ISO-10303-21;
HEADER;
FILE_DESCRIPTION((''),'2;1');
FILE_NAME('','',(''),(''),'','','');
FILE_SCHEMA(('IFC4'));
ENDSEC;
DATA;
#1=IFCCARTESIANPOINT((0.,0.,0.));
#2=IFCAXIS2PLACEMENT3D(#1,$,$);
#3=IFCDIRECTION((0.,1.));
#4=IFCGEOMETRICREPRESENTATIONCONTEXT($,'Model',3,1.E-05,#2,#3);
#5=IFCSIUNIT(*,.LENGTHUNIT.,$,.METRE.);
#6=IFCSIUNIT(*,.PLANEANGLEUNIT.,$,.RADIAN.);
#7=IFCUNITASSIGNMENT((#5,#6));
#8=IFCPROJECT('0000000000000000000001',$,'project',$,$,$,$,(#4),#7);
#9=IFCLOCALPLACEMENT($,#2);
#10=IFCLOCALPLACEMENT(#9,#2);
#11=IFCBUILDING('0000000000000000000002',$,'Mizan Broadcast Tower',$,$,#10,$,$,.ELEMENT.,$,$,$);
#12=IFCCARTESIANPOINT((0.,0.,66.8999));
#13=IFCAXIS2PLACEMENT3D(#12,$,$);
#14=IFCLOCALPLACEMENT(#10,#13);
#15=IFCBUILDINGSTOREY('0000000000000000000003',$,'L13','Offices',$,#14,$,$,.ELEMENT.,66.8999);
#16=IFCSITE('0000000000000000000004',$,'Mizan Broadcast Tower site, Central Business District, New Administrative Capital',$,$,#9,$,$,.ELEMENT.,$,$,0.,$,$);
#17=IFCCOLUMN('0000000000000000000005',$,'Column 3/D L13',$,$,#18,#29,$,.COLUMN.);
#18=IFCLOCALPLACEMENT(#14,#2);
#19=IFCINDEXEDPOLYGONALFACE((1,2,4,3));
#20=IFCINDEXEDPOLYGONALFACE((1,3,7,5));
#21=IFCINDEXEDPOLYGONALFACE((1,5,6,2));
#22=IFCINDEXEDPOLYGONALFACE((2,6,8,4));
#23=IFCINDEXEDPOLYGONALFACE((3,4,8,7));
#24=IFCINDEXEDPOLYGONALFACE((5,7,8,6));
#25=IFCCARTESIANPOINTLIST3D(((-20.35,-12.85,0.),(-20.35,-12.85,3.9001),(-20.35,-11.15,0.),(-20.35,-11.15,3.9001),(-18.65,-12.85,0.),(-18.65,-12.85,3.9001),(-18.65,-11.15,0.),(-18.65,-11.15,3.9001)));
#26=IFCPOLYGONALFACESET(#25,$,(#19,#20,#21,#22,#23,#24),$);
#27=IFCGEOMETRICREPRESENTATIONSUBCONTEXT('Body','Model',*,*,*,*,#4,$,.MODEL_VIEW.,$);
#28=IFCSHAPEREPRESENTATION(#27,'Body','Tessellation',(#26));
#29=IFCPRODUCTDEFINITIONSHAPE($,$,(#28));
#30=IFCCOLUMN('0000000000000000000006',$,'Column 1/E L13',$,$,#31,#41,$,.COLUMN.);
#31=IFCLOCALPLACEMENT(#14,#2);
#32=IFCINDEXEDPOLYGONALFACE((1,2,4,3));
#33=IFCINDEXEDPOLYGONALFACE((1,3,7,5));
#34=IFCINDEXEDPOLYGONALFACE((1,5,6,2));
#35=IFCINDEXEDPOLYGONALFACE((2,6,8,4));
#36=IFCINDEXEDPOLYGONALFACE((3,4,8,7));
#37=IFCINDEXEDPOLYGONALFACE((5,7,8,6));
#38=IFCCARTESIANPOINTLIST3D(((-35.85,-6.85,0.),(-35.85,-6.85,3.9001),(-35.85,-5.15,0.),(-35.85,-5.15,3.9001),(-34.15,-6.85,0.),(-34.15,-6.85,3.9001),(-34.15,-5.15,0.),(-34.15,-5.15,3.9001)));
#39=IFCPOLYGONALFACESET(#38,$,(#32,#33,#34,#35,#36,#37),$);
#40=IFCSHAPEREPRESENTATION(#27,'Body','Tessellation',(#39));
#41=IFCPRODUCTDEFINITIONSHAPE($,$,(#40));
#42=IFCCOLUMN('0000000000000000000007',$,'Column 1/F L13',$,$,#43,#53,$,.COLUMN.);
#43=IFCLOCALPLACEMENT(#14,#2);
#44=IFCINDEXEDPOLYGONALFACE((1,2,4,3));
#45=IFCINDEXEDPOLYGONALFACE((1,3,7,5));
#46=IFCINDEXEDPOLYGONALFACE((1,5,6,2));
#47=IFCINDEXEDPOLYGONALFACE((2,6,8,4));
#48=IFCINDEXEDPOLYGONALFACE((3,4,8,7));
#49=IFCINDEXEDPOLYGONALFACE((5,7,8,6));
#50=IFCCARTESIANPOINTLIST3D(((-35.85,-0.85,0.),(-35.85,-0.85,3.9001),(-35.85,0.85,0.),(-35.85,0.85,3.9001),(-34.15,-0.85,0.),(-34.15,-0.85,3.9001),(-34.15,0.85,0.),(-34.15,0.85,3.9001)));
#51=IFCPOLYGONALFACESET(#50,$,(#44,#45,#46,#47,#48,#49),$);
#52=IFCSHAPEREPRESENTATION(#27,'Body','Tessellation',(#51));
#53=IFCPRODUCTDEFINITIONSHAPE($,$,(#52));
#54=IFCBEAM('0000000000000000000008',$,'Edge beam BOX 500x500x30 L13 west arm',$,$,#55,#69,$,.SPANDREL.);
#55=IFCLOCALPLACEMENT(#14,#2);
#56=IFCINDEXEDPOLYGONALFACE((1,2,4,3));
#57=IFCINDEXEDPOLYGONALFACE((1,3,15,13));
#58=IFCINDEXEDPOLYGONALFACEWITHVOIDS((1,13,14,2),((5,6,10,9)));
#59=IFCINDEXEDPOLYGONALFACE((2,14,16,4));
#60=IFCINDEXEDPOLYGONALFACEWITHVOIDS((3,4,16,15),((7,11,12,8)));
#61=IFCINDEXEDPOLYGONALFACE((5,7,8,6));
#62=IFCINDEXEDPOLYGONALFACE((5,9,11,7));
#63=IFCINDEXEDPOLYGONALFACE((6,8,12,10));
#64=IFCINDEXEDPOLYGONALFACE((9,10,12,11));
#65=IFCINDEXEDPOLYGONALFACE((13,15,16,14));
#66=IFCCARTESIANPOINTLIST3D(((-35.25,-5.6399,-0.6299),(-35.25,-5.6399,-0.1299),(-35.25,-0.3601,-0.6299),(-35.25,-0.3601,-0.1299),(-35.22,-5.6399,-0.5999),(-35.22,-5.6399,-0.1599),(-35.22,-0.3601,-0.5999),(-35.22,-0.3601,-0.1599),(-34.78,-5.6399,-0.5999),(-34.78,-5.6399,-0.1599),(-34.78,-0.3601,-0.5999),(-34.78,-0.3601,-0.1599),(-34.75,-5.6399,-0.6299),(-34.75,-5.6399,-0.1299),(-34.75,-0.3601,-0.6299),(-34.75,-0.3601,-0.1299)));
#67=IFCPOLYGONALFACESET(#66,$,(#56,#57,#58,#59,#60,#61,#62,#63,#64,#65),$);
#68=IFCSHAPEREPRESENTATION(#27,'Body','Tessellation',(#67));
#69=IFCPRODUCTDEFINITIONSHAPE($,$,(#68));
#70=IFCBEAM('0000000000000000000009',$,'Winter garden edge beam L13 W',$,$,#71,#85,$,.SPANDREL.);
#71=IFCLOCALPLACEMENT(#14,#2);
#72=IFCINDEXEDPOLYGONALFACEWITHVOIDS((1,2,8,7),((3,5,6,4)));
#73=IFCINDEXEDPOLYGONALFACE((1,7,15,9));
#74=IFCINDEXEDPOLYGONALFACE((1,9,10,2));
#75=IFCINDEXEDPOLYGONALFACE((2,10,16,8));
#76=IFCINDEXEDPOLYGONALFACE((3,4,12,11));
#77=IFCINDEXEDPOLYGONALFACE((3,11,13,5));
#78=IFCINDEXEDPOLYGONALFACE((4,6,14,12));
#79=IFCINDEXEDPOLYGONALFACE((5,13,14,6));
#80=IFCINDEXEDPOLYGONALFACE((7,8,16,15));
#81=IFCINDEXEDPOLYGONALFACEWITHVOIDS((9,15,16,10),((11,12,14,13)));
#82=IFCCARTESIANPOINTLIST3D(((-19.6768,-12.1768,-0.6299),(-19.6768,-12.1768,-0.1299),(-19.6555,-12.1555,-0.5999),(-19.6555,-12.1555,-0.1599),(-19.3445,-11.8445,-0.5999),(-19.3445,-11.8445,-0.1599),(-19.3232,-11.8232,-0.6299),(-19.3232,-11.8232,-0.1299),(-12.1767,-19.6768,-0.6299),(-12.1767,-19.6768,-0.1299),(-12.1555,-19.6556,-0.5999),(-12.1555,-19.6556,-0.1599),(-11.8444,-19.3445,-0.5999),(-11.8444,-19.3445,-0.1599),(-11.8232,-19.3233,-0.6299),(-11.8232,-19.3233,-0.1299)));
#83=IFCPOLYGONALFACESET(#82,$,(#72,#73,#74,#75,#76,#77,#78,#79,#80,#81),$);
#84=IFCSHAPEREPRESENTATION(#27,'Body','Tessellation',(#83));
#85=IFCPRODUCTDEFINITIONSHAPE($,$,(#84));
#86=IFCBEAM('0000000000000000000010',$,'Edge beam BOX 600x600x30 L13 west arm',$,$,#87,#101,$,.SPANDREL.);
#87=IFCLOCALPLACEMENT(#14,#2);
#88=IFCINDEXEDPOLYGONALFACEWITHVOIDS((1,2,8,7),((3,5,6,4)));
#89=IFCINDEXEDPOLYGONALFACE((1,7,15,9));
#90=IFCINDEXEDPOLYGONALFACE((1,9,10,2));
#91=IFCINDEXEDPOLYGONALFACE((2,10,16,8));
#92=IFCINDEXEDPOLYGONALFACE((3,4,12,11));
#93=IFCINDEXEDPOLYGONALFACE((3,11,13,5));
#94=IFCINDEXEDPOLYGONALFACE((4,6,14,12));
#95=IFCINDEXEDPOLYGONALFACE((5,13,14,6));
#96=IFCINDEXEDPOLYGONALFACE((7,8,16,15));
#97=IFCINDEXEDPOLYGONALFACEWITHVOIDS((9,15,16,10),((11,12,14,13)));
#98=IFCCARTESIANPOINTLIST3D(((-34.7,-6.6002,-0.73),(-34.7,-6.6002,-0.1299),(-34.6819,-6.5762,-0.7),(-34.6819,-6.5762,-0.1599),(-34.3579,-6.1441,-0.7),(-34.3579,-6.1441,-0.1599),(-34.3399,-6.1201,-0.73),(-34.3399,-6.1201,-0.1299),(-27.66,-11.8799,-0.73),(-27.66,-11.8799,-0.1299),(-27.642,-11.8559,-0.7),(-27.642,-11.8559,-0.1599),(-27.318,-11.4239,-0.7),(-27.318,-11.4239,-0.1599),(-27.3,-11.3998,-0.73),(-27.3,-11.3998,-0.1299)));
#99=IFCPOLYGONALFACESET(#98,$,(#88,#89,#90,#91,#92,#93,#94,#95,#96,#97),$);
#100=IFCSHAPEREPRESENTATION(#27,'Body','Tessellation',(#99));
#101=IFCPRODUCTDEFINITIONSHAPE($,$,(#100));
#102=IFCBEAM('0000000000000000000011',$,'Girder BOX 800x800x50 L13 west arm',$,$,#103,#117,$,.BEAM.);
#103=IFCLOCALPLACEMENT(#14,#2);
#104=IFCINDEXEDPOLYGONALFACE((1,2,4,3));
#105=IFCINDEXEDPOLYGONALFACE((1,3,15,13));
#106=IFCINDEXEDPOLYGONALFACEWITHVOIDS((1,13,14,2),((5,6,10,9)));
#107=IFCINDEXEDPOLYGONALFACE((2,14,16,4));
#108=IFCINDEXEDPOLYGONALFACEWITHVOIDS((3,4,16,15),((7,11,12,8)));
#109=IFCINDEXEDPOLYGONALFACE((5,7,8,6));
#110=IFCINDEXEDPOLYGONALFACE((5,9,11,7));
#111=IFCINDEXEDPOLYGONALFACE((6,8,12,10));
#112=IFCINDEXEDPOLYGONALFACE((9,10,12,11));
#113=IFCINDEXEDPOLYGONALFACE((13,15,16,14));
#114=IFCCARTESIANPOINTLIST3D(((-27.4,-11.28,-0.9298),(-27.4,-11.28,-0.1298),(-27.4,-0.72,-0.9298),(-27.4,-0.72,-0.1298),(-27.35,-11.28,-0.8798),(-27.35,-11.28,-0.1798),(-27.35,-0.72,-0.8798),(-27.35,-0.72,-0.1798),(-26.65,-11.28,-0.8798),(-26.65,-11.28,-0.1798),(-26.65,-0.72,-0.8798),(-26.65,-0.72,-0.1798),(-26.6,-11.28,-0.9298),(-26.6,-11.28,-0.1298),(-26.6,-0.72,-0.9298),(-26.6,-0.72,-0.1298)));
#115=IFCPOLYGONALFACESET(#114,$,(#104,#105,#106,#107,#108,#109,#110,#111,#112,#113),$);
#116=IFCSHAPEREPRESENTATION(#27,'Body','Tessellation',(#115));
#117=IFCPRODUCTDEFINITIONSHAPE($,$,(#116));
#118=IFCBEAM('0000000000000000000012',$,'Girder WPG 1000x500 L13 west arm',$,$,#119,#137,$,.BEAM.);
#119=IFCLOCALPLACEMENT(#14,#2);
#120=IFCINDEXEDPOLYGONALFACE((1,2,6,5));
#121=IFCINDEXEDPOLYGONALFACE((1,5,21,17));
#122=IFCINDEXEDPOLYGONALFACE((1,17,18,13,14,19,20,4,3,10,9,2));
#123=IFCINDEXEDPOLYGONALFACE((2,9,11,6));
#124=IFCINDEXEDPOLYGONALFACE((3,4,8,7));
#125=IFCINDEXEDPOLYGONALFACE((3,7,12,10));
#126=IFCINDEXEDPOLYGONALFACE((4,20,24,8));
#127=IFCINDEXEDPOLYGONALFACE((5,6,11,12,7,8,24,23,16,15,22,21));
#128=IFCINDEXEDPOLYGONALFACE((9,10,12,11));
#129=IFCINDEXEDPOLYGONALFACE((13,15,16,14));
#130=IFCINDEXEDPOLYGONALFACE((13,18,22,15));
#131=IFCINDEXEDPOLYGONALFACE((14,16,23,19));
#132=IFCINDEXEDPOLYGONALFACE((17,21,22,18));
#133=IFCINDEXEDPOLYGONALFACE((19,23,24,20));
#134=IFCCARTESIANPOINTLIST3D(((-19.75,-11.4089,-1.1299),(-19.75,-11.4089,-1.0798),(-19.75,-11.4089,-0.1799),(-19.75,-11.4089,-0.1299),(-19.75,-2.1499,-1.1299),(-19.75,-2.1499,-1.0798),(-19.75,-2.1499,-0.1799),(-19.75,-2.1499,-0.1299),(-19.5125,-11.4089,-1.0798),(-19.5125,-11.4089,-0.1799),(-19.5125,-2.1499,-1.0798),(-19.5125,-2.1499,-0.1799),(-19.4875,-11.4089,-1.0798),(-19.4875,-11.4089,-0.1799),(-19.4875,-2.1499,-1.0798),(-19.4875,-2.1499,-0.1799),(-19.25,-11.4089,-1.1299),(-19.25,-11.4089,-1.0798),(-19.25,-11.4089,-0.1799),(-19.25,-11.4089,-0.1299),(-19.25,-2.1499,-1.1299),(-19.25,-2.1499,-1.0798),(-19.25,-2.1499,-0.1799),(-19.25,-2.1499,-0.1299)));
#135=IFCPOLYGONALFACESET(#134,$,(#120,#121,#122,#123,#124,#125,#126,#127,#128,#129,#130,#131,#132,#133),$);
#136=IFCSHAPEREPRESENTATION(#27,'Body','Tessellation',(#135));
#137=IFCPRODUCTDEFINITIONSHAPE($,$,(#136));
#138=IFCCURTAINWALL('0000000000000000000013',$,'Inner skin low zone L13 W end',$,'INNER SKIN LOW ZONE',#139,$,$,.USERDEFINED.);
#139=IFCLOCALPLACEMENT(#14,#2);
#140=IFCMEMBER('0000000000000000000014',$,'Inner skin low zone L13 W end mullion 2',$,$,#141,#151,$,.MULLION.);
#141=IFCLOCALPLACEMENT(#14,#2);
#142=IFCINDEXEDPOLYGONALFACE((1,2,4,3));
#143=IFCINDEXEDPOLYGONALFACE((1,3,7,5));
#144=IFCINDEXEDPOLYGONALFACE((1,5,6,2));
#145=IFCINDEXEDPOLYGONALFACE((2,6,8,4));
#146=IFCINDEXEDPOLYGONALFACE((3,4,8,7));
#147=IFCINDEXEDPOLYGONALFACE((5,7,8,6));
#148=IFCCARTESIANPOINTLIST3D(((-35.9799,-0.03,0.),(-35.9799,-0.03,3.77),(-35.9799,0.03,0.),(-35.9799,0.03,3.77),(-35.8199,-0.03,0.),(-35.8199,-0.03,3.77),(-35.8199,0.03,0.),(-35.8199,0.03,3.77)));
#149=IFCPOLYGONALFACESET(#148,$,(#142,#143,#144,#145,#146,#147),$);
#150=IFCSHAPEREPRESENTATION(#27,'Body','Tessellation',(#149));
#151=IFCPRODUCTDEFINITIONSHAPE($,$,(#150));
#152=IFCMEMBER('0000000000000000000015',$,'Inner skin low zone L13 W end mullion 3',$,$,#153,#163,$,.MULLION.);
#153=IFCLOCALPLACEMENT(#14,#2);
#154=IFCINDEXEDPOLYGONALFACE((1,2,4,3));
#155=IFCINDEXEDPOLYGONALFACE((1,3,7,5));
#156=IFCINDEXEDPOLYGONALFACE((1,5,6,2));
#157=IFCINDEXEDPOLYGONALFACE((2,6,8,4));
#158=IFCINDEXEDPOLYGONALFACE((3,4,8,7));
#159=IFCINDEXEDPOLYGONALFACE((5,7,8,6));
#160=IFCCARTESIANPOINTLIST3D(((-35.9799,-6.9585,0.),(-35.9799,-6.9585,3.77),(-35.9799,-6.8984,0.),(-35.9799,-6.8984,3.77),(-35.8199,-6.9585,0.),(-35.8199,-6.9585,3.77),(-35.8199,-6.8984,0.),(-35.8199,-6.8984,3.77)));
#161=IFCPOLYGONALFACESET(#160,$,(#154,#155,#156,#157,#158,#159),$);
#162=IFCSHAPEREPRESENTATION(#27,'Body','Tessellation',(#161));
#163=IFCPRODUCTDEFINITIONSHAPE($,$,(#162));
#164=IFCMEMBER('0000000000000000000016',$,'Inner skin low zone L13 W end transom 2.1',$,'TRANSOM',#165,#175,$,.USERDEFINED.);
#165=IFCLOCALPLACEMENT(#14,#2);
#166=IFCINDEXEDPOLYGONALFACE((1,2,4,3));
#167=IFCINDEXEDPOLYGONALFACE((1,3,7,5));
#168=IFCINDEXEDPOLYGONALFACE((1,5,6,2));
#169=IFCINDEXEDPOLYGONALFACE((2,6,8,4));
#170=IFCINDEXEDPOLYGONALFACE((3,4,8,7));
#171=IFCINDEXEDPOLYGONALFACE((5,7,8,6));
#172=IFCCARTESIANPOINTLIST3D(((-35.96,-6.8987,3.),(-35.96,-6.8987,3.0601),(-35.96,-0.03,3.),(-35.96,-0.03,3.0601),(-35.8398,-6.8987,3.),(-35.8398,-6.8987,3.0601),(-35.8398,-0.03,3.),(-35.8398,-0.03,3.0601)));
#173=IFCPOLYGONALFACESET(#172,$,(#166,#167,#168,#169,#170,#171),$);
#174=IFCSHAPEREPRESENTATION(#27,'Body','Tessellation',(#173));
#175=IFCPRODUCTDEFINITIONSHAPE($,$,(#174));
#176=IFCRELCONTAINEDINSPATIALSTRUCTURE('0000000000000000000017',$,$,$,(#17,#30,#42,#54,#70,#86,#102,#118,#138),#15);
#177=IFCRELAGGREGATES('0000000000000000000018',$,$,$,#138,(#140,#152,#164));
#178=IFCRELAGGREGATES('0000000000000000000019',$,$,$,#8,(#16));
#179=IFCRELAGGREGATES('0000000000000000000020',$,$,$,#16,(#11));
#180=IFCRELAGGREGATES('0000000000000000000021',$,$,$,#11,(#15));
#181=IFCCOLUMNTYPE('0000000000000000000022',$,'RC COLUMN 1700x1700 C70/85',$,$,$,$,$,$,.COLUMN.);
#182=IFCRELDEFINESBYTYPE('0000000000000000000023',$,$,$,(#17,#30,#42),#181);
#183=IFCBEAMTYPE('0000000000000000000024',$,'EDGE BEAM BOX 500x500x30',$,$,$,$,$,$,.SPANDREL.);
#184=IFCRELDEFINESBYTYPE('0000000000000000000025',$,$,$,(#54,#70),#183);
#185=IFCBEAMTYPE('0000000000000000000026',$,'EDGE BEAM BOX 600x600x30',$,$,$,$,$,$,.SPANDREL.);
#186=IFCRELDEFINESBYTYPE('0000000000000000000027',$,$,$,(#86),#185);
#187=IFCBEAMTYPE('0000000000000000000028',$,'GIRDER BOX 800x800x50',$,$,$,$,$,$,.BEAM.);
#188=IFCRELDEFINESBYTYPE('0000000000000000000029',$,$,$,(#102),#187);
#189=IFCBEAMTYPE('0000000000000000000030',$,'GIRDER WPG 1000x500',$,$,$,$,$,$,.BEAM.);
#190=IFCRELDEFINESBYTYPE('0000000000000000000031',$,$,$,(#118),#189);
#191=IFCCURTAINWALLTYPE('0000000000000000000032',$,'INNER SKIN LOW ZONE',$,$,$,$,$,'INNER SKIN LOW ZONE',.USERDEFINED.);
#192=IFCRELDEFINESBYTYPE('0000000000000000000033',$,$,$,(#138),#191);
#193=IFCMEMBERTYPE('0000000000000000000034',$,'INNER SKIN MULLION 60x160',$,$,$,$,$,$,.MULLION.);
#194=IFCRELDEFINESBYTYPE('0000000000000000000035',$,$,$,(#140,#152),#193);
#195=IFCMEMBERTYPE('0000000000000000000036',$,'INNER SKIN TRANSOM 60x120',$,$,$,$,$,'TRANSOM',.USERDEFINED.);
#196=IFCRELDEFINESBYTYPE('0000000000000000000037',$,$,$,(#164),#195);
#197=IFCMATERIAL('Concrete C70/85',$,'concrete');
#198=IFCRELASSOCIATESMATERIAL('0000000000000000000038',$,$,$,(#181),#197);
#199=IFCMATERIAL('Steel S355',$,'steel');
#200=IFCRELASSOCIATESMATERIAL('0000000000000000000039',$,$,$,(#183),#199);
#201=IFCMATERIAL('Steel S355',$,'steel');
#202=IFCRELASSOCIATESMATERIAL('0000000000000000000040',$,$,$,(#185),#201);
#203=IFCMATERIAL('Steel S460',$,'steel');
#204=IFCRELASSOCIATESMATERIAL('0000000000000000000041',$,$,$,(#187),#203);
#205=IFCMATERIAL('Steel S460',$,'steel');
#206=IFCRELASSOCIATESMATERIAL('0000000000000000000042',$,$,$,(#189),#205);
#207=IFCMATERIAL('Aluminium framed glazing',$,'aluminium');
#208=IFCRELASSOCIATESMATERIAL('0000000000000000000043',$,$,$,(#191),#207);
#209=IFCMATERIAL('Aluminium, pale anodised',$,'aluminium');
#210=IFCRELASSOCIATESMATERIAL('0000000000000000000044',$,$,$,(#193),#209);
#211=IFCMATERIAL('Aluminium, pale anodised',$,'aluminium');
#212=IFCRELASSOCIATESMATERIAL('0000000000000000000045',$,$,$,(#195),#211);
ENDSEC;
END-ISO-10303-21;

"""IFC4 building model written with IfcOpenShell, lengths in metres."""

from ifc_helpers import new_model, si_unit, direction, frame, origin, origin_2d, place, context, subcontext, project, spatial, rectangle, hollow_rectangle, i_section, extrude, material, material_profile, profile_set, type_object, element, aggregate, save


model = new_model("IFC4")

# Units and contexts
model_context = context("Model", 3, precision=1e-05, world=origin(), true_north=direction((0.0, 1.0)))
body_context = subcontext(model_context, "Body", "Model", "MODEL_VIEW")
ifc_project = project(units=[si_unit("LENGTHUNIT", "METRE"), si_unit("PLANEANGLEUNIT", "RADIAN")], contexts=[model_context])

# Site, building, storey
site_placement = place(None, origin())
site = spatial("IfcSite", under=ifc_project, at=site_placement, Name="Mizan Broadcast Tower site, Central Business District, New Administrative Capital", CompositionType="ELEMENT", RefElevation=0.0)
building_placement = place(site_placement, origin())
building = spatial("IfcBuilding", under=site, at=building_placement, Name="Mizan Broadcast Tower", CompositionType="ELEMENT")
storey_placement = place(building_placement, frame((0.0, 0.0, 66.8999)))
storey = spatial("IfcBuildingStorey", under=building, at=storey_placement, Name="L13", Description="Offices", CompositionType="ELEMENT", Elevation=66.8999)

# Columns
ifc_material_1 = material(Name="Concrete C70/85", Category="concrete")
ifc_material_profile_1 = material_profile(ifc_material_1, rectangle(XDim=1.7, YDim=1.7, at=origin_2d()), Name="RC 1700x1700")
ifc_profile_set_1 = profile_set([ifc_material_profile_1], Name="Concrete C70/85")
column_type = type_object("IfcColumnType", Name="RC COLUMN 1700x1700 C70/85", PredefinedType="COLUMN", material=ifc_profile_set_1)
for number, where, z_axis, x_axis, name in (
    (1, (-19.5, -12.0, 0.0), (0.0, 0.0, 1.0), (1.0, 0.0, 0.0), "Column 3/D L13"),
    (2, (-35.0, -6.0, 0.0), (0.0, 0.0, 1.0), (1.0, 0.0, 0.0), "Column 1/E L13"),
    (3, (-35.0, 0.0, 0.0), (0.0, 0.0, 1.0), (1.0, 0.0, 0.0), "Column 1/F L13"),
):
    element("IfcColumn", number, at=place(storey_placement, frame(where, z_axis=z_axis, x_axis=x_axis)), inside=storey, type_object=column_type, Name=name, PredefinedType="COLUMN", context=body_context, shape_type="SweptSolid", body=[
        extrude(rectangle(XDim=1.7, YDim=1.7, at=origin_2d()), origin(), (0.0, 0.0, 1.0), 3.9001),
    ])

# Beams
ifc_material_2 = material(Name="Steel S355", Category="steel")
ifc_material_profile_2 = material_profile(ifc_material_2, hollow_rectangle(XDim=0.5, YDim=0.5, WallThickness=0.03, at=origin_2d()), Name="BOX 500x500x30")
ifc_profile_set_2 = profile_set([ifc_material_profile_2], Name="Steel S355")
beam_type_1 = type_object("IfcBeamType", Name="EDGE BEAM BOX 500x500x30", PredefinedType="SPANDREL", material=ifc_profile_set_2)
beam_1_placement = place(storey_placement, frame((-35.0, -5.6399, -0.3799), z_axis=(0.0, 1.0, 0.0), x_axis=(-1.0, 0.0, 0.0)))
element("IfcBeam", 4, at=beam_1_placement, inside=storey, type_object=beam_type_1, Name="Edge beam BOX 500x500x30 L13 west arm", PredefinedType="SPANDREL", context=body_context, shape_type="SweptSolid", body=[
    extrude(hollow_rectangle(XDim=0.5, YDim=0.5, WallThickness=0.03, at=origin_2d()), origin(), (0.0, 0.0, 1.0), 5.2798),
])
beam_2_placement = place(storey_placement, frame((-19.5, -12.0, -0.3799), z_axis=(0.707107, -0.707107, 0.0), x_axis=(0.707107, 0.707107, 0.0)))
element("IfcBeam", 5, at=beam_2_placement, inside=storey, type_object=beam_type_1, Name="Winter garden edge beam L13 W", PredefinedType="SPANDREL", context=body_context, shape_type="SweptSolid", body=[
    extrude(hollow_rectangle(XDim=0.5, YDim=0.5, WallThickness=0.03, at=origin_2d()), origin(), (0.0, 0.0, 1.0), 10.6067),
])
ifc_material_3 = material(Name="Steel S355", Category="steel")
ifc_material_profile_3 = material_profile(ifc_material_3, hollow_rectangle(XDim=0.6001, YDim=0.6001, WallThickness=0.03, at=origin_2d()), Name="BOX 600x600x30")
ifc_profile_set_3 = profile_set([ifc_material_profile_3], Name="Steel S355")
beam_type_2 = type_object("IfcBeamType", Name="EDGE BEAM BOX 600x600x30", PredefinedType="SPANDREL", material=ifc_profile_set_3)
beam_3_placement = place(storey_placement, frame((-27.48, -11.6399, -0.4299), z_axis=(-0.800013, 0.599982, 0.0), x_axis=(-0.599982, -0.800013, 0.0)))
element("IfcBeam", 6, at=beam_3_placement, inside=storey, type_object=beam_type_2, Name="Edge beam BOX 600x600x30 L13 west arm", PredefinedType="SPANDREL", context=body_context, shape_type="SweptSolid", body=[
    extrude(hollow_rectangle(XDim=0.6001, YDim=0.6001, WallThickness=0.03, at=origin_2d()), origin(), (0.0, 0.0, 1.0), 8.7998),
])
ifc_material_4 = material(Name="Steel S460", Category="steel")
ifc_material_profile_4 = material_profile(ifc_material_4, hollow_rectangle(XDim=0.8, YDim=0.8, WallThickness=0.05, at=origin_2d()), Name="BOX 800x800x50")
ifc_profile_set_4 = profile_set([ifc_material_profile_4], Name="Steel S460")
beam_type_3 = type_object("IfcBeamType", Name="GIRDER BOX 800x800x50", PredefinedType="BEAM", material=ifc_profile_set_4)
beam_4_placement = place(storey_placement, frame((-27.0, -11.28, -0.5298), z_axis=(0.0, 1.0, 0.0), x_axis=(-1.0, 0.0, 0.0)))
element("IfcBeam", 7, at=beam_4_placement, inside=storey, type_object=beam_type_3, Name="Girder BOX 800x800x50 L13 west arm", PredefinedType="BEAM", context=body_context, shape_type="SweptSolid", body=[
    extrude(hollow_rectangle(XDim=0.8, YDim=0.8, WallThickness=0.05, at=origin_2d()), origin(), (0.0, 0.0, 1.0), 10.5601),
])
ifc_material_5 = material(Name="Steel S460", Category="steel")
ifc_material_profile_5 = material_profile(ifc_material_5, i_section(OverallWidth=0.5, OverallDepth=1.0, WebThickness=0.0249, FlangeThickness=0.05, at=origin_2d()), Name="WPG 1000x500")
ifc_profile_set_5 = profile_set([ifc_material_profile_5], Name="Steel S460")
beam_type_4 = type_object("IfcBeamType", Name="GIRDER WPG 1000x500", PredefinedType="BEAM", material=ifc_profile_set_5)
beam_5_placement = place(storey_placement, frame((-19.5, -11.4089, -0.6299), z_axis=(0.0, 1.0, 0.0), x_axis=(-1.0, 0.0, 0.0)))
element("IfcBeam", 8, at=beam_5_placement, inside=storey, type_object=beam_type_4, Name="Girder WPG 1000x500 L13 west arm", PredefinedType="BEAM", context=body_context, shape_type="SweptSolid", body=[
    extrude(i_section(OverallWidth=0.5, OverallDepth=1.0, WebThickness=0.0249, FlangeThickness=0.05, at=origin_2d()), origin(), (0.0, 0.0, 1.0), 9.259),
])

# Curtain wall, members
ifc_material_6 = material(Name="Aluminium framed glazing", Category="aluminium")
curtain_wall_type_1 = type_object("IfcCurtainWallType", Name="INNER SKIN LOW ZONE", ElementType="INNER SKIN LOW ZONE", PredefinedType="USERDEFINED", material=ifc_material_6)
curtain_wall_1_placement = place(storey_placement, origin())
curtain_wall_1 = element("IfcCurtainWall", 9, at=curtain_wall_1_placement, inside=storey, type_object=curtain_wall_type_1, Name="Inner skin low zone L13 W end", ObjectType="INNER SKIN LOW ZONE", PredefinedType="USERDEFINED")
ifc_material_7 = material(Name="Aluminium, pale anodised", Category="aluminium")
ifc_material_profile_6 = material_profile(ifc_material_7, rectangle(XDim=0.1599, YDim=0.0601, at=origin_2d()), Name="MULLION 160x60")
ifc_profile_set_6 = profile_set([ifc_material_profile_6], Name="Aluminium, pale anodised")
member_type_1 = type_object("IfcMemberType", Name="INNER SKIN MULLION 60x160", PredefinedType="MULLION", material=ifc_profile_set_6)
member_1_placement = place(storey_placement, frame((-35.8999, 0.0, 0.0), z_axis=(0.0, 0.0, 1.0), x_axis=(1.0, 0.0, 0.0)))
member_1 = element("IfcMember", 10, at=member_1_placement, type_object=member_type_1, Name="Inner skin low zone L13 W end mullion 2", PredefinedType="MULLION", context=body_context, shape_type="SweptSolid", body=[
    extrude(rectangle(XDim=0.1599, YDim=0.0601, at=origin_2d()), origin(), (0.0, 0.0, 1.0), 3.77),
])
member_2_placement = place(storey_placement, frame((-35.8999, -6.9285, 0.0), z_axis=(0.0, 0.0, 1.0), x_axis=(1.0, 0.0, 0.0)))
member_2 = element("IfcMember", 11, at=member_2_placement, type_object=member_type_1, Name="Inner skin low zone L13 W end mullion 3", PredefinedType="MULLION", context=body_context, shape_type="SweptSolid", body=[
    extrude(rectangle(XDim=0.1599, YDim=0.0601, at=origin_2d()), origin(), (0.0, 0.0, 1.0), 3.77),
])
ifc_material_8 = material(Name="Aluminium, pale anodised", Category="aluminium")
ifc_material_profile_7 = material_profile(ifc_material_8, rectangle(XDim=0.1201, YDim=0.0601, at=origin_2d()), Name="TRANSOM 120x60")
ifc_profile_set_7 = profile_set([ifc_material_profile_7], Name="Aluminium, pale anodised")
member_type_2 = type_object("IfcMemberType", Name="INNER SKIN TRANSOM 60x120", ElementType="TRANSOM", PredefinedType="USERDEFINED", material=ifc_profile_set_7)
member_3_placement = place(storey_placement, frame((-35.8999, -0.03, 3.03), z_axis=(0.0, -1.0, 0.0), x_axis=(1.0, 0.0, 0.0)))
member_3 = element("IfcMember", 12, at=member_3_placement, type_object=member_type_2, Name="Inner skin low zone L13 W end transom 2.1", ObjectType="TRANSOM", PredefinedType="USERDEFINED", context=body_context, shape_type="SweptSolid", body=[
    extrude(rectangle(XDim=0.1201, YDim=0.0601, at=origin_2d()), origin(), (0.0, 0.0, 1.0), 6.8687),
])

aggregate(curtain_wall_1, [member_1, member_2, member_3])

save(model, "model.ifc")
